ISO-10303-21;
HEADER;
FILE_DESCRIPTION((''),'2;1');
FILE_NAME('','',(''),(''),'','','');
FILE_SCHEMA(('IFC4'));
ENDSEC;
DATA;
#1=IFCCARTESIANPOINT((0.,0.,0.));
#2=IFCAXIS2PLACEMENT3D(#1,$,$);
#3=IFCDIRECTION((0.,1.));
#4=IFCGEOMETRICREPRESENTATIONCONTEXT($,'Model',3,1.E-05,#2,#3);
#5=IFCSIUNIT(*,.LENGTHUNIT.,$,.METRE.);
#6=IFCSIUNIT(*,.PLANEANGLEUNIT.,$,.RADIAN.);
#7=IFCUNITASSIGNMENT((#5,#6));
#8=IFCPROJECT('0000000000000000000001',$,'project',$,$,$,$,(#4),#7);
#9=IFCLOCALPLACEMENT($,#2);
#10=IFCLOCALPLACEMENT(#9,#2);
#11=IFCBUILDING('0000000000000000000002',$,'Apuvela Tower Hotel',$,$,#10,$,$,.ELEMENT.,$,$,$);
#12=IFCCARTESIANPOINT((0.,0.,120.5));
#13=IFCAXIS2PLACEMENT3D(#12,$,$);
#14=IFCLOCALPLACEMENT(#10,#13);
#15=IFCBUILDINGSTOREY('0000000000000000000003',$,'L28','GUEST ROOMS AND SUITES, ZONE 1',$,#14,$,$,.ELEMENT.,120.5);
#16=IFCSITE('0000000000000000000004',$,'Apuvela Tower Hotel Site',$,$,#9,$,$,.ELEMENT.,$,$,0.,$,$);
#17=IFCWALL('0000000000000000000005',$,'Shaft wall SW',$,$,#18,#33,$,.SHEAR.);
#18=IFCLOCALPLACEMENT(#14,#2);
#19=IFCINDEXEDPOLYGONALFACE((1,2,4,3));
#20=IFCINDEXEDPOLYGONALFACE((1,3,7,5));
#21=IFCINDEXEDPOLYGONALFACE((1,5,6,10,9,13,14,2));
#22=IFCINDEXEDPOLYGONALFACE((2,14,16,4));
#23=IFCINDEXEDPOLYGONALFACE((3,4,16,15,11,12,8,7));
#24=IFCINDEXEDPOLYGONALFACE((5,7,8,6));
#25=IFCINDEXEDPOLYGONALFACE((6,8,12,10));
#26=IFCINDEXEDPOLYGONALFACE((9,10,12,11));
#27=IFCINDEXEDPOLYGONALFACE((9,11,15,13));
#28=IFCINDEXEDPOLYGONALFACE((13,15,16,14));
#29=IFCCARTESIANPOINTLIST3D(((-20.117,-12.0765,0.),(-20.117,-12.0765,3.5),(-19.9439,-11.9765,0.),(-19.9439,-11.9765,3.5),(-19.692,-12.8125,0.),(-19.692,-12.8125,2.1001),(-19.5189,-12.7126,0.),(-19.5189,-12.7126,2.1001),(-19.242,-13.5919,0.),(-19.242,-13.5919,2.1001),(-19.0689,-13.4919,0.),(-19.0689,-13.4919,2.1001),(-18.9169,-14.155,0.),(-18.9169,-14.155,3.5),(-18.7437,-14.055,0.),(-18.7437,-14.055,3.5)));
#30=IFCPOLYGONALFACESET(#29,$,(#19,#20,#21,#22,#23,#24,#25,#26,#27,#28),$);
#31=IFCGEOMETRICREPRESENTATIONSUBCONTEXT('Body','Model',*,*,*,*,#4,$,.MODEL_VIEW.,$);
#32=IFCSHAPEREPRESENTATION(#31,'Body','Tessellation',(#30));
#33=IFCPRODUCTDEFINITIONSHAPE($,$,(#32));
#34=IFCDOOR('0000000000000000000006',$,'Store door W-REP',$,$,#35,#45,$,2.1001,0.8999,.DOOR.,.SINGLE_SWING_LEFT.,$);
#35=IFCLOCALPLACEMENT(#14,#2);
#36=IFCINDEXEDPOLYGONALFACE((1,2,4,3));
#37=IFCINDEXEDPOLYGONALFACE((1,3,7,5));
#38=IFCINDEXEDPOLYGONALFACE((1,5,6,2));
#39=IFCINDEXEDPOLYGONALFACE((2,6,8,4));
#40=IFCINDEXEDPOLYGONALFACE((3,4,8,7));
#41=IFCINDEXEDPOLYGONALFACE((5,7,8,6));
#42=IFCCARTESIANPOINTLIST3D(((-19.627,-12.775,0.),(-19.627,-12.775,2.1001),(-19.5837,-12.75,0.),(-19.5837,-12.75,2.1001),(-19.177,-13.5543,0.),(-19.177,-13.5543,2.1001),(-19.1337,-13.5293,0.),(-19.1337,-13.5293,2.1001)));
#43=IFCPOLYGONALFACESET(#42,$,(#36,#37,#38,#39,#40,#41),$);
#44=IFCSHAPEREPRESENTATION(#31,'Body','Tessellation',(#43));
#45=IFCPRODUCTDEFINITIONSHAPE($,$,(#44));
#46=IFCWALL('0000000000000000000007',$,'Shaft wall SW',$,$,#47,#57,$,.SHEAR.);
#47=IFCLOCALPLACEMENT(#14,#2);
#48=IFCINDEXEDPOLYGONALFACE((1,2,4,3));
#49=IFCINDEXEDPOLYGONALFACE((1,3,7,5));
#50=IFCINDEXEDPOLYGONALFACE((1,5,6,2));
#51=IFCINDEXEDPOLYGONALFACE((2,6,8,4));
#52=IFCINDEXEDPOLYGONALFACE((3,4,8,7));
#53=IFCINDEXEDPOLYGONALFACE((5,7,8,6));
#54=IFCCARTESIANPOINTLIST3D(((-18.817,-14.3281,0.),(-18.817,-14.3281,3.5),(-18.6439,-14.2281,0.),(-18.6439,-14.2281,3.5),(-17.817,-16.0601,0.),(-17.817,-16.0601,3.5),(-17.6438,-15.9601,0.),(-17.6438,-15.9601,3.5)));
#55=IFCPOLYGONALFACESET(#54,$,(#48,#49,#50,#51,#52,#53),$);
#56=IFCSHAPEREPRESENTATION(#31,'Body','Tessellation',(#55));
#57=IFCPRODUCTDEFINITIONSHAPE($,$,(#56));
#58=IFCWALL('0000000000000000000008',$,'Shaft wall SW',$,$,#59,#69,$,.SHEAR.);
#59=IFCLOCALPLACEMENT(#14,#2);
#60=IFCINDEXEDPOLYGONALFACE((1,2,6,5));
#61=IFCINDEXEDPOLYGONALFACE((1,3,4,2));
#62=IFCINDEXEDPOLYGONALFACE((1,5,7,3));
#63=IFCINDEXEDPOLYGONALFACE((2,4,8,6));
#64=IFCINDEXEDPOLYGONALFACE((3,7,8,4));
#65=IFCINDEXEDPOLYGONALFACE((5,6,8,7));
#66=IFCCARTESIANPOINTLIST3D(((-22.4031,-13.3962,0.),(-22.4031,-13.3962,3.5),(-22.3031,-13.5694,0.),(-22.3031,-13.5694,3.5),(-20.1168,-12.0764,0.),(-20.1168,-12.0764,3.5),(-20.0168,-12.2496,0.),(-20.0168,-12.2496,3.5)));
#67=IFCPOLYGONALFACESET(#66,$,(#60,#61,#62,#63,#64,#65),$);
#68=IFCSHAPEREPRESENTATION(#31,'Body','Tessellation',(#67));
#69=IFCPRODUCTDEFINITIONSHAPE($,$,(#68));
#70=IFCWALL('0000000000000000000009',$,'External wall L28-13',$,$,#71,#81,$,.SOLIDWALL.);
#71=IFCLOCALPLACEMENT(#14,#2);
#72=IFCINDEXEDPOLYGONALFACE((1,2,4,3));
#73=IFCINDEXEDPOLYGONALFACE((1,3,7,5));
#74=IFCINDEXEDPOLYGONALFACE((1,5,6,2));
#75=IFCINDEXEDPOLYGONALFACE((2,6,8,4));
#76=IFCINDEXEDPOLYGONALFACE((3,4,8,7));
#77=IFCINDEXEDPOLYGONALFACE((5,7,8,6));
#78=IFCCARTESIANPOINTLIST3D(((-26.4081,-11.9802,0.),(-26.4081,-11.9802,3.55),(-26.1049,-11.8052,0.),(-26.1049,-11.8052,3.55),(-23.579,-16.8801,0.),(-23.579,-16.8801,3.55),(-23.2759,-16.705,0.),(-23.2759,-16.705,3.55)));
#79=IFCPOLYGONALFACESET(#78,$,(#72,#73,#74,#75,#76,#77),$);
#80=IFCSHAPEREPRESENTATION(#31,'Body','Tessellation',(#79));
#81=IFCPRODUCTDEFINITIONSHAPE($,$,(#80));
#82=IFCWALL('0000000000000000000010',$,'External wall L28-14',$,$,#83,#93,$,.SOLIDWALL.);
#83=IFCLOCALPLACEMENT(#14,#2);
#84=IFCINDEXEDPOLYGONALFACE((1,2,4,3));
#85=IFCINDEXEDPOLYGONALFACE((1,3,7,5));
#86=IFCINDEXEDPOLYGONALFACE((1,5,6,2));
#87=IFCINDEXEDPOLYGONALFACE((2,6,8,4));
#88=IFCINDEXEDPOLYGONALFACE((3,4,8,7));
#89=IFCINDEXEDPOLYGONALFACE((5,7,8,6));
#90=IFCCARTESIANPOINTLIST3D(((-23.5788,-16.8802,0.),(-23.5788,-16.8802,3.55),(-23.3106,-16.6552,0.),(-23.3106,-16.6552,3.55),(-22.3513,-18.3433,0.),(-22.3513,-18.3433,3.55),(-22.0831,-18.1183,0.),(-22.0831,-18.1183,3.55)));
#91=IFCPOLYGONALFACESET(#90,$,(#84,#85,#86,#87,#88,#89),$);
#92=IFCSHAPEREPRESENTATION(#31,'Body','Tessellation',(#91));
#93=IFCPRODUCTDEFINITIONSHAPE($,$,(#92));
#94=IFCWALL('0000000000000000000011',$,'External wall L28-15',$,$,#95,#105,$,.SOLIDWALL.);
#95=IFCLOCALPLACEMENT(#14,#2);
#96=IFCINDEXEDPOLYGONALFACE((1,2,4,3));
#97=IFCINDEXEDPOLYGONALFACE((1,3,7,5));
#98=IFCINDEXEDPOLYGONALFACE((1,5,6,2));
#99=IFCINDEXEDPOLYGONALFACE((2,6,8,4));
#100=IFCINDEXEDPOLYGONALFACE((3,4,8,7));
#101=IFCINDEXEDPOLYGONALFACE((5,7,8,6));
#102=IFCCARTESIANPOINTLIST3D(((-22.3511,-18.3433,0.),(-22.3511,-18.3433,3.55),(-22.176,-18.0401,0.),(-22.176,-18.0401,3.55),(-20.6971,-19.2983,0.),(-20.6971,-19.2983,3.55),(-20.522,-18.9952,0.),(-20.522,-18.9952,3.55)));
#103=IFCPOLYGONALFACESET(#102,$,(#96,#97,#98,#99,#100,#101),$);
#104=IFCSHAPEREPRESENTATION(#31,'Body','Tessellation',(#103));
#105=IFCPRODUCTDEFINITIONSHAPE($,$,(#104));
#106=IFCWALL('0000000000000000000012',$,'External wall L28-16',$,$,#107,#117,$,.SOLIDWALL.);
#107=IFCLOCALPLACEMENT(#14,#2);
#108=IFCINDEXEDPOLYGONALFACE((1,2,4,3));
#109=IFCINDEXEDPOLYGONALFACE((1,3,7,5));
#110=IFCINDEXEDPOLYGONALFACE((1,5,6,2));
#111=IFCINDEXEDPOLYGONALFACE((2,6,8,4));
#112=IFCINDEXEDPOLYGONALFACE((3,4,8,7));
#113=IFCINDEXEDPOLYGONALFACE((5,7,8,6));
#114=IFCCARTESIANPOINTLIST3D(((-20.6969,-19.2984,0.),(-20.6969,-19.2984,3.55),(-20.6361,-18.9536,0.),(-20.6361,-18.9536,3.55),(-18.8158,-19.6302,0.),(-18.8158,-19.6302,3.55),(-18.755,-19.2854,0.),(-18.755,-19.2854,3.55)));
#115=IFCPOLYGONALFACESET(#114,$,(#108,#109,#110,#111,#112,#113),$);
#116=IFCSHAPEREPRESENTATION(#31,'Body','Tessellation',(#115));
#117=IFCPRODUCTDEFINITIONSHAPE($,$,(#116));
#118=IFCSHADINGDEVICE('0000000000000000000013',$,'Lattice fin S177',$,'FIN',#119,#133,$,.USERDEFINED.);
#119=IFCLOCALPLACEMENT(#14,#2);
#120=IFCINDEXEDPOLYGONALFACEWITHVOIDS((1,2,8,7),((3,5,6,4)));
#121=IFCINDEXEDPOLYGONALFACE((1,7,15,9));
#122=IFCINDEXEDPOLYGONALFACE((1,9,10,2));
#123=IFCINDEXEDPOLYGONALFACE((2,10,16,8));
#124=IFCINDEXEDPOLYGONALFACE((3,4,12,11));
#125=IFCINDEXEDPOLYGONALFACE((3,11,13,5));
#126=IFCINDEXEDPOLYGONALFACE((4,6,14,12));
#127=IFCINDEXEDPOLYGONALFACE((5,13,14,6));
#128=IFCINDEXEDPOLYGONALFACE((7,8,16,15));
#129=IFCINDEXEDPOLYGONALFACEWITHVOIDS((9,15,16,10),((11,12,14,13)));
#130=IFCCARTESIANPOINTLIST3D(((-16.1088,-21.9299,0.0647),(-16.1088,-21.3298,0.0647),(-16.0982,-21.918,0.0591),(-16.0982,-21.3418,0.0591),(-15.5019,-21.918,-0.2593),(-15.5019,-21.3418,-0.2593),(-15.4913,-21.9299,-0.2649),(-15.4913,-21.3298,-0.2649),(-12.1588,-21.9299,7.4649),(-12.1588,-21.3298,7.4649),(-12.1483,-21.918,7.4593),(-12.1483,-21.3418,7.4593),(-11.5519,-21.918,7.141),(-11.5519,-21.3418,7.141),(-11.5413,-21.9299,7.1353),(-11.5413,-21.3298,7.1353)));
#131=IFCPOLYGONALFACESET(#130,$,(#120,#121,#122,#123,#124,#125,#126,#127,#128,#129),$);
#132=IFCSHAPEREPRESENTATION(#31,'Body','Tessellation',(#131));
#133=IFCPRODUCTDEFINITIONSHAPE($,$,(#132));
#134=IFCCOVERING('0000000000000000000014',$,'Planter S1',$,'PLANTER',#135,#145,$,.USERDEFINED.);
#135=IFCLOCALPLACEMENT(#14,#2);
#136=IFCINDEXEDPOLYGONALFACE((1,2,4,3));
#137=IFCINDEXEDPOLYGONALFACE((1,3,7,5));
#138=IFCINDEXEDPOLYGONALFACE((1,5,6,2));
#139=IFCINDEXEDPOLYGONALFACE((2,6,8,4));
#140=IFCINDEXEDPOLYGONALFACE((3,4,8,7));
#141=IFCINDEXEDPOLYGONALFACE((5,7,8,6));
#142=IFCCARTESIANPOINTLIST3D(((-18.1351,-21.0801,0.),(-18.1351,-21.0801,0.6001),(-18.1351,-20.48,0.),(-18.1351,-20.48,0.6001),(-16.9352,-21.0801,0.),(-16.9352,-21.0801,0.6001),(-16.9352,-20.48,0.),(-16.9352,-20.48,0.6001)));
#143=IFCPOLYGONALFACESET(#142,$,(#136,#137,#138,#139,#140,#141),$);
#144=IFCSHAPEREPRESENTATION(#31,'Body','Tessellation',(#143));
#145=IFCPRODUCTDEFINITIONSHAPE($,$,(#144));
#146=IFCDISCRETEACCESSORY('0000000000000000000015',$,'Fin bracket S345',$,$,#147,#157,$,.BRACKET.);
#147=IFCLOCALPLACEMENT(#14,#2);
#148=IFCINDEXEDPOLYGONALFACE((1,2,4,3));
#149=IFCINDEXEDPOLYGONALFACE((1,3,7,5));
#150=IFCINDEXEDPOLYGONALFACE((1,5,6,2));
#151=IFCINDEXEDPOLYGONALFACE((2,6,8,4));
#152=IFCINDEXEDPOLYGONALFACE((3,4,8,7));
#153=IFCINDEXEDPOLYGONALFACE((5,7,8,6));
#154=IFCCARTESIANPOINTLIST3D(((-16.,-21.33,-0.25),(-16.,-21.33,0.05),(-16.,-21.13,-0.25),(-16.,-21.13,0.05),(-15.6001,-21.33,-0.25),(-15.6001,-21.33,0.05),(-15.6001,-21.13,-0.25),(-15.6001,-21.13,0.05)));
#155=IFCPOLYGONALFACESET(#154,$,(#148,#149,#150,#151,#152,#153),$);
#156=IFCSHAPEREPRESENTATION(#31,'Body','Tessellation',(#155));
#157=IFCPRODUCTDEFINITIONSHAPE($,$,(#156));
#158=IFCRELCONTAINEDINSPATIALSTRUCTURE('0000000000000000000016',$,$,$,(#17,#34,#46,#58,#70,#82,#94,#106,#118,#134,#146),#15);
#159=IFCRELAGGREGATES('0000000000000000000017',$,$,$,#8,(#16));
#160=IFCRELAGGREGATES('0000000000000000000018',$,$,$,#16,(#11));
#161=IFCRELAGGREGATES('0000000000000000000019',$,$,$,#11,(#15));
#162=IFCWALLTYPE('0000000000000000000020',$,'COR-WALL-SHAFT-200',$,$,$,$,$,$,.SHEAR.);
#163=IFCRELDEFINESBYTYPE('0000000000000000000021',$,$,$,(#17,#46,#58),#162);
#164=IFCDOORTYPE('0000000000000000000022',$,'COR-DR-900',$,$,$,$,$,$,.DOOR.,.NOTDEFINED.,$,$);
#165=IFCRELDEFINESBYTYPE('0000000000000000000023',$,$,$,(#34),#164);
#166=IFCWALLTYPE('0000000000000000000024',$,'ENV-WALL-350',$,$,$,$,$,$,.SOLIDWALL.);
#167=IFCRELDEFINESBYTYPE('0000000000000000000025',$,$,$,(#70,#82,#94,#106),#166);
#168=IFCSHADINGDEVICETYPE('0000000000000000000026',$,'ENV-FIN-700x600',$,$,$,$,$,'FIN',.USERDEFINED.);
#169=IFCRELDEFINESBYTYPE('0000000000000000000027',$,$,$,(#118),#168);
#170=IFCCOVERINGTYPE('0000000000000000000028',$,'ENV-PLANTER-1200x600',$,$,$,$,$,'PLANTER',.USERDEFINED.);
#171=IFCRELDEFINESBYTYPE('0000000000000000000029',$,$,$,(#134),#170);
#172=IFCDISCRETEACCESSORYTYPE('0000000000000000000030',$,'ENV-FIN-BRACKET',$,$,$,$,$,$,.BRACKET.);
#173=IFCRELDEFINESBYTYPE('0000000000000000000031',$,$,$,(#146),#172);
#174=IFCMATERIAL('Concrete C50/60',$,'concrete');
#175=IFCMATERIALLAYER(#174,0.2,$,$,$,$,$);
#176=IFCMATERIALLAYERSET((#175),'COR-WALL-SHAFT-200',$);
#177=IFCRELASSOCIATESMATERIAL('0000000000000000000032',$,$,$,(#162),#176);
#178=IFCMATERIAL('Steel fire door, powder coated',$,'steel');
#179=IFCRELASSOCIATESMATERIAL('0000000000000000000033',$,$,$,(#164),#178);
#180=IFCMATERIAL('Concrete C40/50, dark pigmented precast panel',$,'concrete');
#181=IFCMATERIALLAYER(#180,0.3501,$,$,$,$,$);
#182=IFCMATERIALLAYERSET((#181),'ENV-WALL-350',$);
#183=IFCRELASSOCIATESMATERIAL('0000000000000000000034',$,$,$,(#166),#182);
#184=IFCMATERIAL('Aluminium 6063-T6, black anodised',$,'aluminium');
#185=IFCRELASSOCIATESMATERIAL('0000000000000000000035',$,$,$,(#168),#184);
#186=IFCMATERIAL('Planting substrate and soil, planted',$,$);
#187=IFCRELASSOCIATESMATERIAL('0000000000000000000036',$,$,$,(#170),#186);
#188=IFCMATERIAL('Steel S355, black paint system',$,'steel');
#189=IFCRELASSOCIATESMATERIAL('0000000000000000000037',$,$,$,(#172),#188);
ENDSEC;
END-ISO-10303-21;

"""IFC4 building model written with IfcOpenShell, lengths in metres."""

from ifc_helpers import new_model, si_unit, direction, frame, frame_2d, origin, origin_2d, place, context, subcontext, project, spatial, rectangle, hollow_rectangle, extrude, material, layer, layer_set, material_profile, profile_set, type_object, element, fill, save


model = new_model("IFC4")

# Units and contexts
model_context = context("Model", 3, precision=1e-05, world=origin(), true_north=direction((0.0, 1.0)))
body_context = subcontext(model_context, "Body", "Model", "MODEL_VIEW")
ifc_project = project(units=[si_unit("LENGTHUNIT", "METRE"), si_unit("PLANEANGLEUNIT", "RADIAN")], contexts=[model_context])

# Site, building, storey
site_placement = place(None, origin())
site = spatial("IfcSite", under=ifc_project, at=site_placement, Name="Apuvela Tower Hotel Site", CompositionType="ELEMENT", RefElevation=0.0)
building_placement = place(site_placement, origin())
building = spatial("IfcBuilding", under=site, at=building_placement, Name="Apuvela Tower Hotel", CompositionType="ELEMENT")
storey_placement = place(building_placement, frame((0.0, 0.0, 120.5)))
storey = spatial("IfcBuildingStorey", under=building, at=storey_placement, Name="L28", Description="GUEST ROOMS AND SUITES, ZONE 1", CompositionType="ELEMENT", Elevation=120.5)

# Wall, opening, door
ifc_material_1 = material(Name="Concrete C50/60", Category="concrete")
ifc_layer_1 = layer(ifc_material_1, 0.2)
ifc_layer_set_1 = layer_set([ifc_layer_1], Name="COR-WALL-SHAFT-200")
wall_type_1 = type_object("IfcWallType", Name="COR-WALL-SHAFT-200", PredefinedType="SHEAR", material=ifc_layer_set_1)
wall_1_placement = place(storey_placement, frame((-20.0305, -12.0264, 0.0), z_axis=(0.0, 0.0, 1.0), x_axis=(0.500034, -0.866006, 0.0)))
wall_1 = element("IfcWall", 1, at=wall_1_placement, inside=storey, type_object=wall_type_1, Name="Shaft wall SW", PredefinedType="SHEAR", context=body_context, shape_type="SweptSolid", body=[
    extrude(rectangle(XDim=2.4001, YDim=0.2, at=frame_2d((1.2002, 0.0))), origin(), (0.0, 0.0, 1.0), 3.5),
])
opening_1_placement = place(wall_1_placement, frame((0.8501, 0.0, 0.0)))
opening_1 = element("IfcOpeningElement", 2, at=opening_1_placement, cuts=wall_1, PredefinedType="OPENING", context=body_context, shape_type="SweptSolid", body=[
    extrude(rectangle(XDim=0.8999, YDim=2.1001, at=frame_2d((0.45, 1.05))), frame((0.0, 0.1099, 0.0), z_axis=(0.0, -1.0, 0.0), x_axis=(1.0, 0.0, 0.0)), (0.0, 0.0, 1.0), 0.22),
])
ifc_material_2 = material(Name="Steel fire door, powder coated", Category="steel")
door_type_1 = type_object("IfcDoorType", Name="COR-DR-900", OperationType="NOTDEFINED", PredefinedType="DOOR", material=ifc_material_2)
door_1_placement = place(opening_1_placement, frame((0.8999, 0.0, 0.0), z_axis=(0.0, 0.0, 1.0), x_axis=(-1.0, 0.0, 0.0)))
door_1 = element("IfcDoor", 3, at=door_1_placement, inside=storey, type_object=door_type_1, Name="Store door W-REP", OperationType="SINGLE_SWING_LEFT", OverallHeight=2.1001, OverallWidth=0.8999, PredefinedType="DOOR", context=body_context, shape_type="SweptSolid", body=[
    extrude(rectangle(XDim=0.8999, YDim=2.1001, at=frame_2d((0.45, 1.05))), frame((0.0, 0.0249, 0.0), z_axis=(0.0, -1.0, 0.0), x_axis=(1.0, 0.0, 0.0)), (0.0, 0.0, 1.0), 0.05),
])
fill(opening_1, door_1)

# Walls
wall_2_placement = place(storey_placement, frame((-18.7305, -14.2781, 0.0), z_axis=(0.0, 0.0, 1.0), x_axis=(0.500025, -0.866011, 0.0)))
element("IfcWall", 4, at=wall_2_placement, inside=storey, type_object=wall_type_1, Name="Shaft wall SW", PredefinedType="SHEAR", context=body_context, shape_type="SweptSolid", body=[
    extrude(rectangle(XDim=2.0, YDim=0.2, at=frame_2d((1.0, 0.0))), origin(), (0.0, 0.0, 1.0), 3.5),
])
wall_3_placement = place(storey_placement, frame((-20.0669, -12.1631, 0.0), z_axis=(0.0, 0.0, 1.0), x_axis=(-0.866061, -0.499939, 0.0)))
element("IfcWall", 5, at=wall_3_placement, inside=storey, type_object=wall_type_1, Name="Shaft wall SW", PredefinedType="SHEAR", context=body_context, shape_type="SweptSolid", body=[
    extrude(rectangle(XDim=2.6399, YDim=0.2, at=frame_2d((1.3198, 0.0))), origin(), (0.0, 0.0, 1.0), 3.5),
])
ifc_material_3 = material(Name="Concrete C40/50, dark pigmented precast panel", Category="concrete")
ifc_layer_2 = layer(ifc_material_3, 0.3501)
ifc_layer_set_2 = layer_set([ifc_layer_2], Name="ENV-WALL-350")
wall_type_2 = type_object("IfcWallType", Name="ENV-WALL-350", PredefinedType="SOLIDWALL", material=ifc_layer_set_2)
wall_4_placement = place(storey_placement, frame((-26.2566, -11.8926, 0.0), z_axis=(0.0, 0.0, 1.0), x_axis=(0.500019, -0.866015, 0.0)))
element("IfcWall", 6, at=wall_4_placement, inside=storey, type_object=wall_type_2, Name="External wall L28-13", PredefinedType="SOLIDWALL", context=body_context, shape_type="SweptSolid", body=[
    extrude(rectangle(XDim=5.658, YDim=0.3501, at=frame_2d((2.8291, 0.0))), origin(), (0.0, 0.0, 1.0), 3.55),
])
for number, where, z_axis, x_axis, name in (
    (7, (-23.4448, -16.7676, 0.0), (0.0, 0.0, 1.0), (0.642733, -0.76609, 0.0), "External wall L28-14"),
    (8, (-22.2637, -18.1917, 0.0), (0.0, 0.0, 1.0), (0.866, -0.500043, 0.0), "External wall L28-15"),
):
    element("IfcWall", number, at=place(storey_placement, frame(where, z_axis=z_axis, x_axis=x_axis)), inside=storey, type_object=wall_type_2, Name=name, PredefinedType="SOLIDWALL", context=body_context, shape_type="SweptSolid", body=[
        extrude(rectangle(XDim=1.9099, YDim=0.3501, at=frame_2d((0.9551, 0.0))), origin(), (0.0, 0.0, 1.0), 3.55),
    ])
wall_5_placement = place(storey_placement, frame((-20.6665, -19.126, 0.0), z_axis=(0.0, 0.0, 1.0), x_axis=(0.984799, -0.173698, 0.0)))
element("IfcWall", 9, at=wall_5_placement, inside=storey, type_object=wall_type_2, Name="External wall L28-16", PredefinedType="SOLIDWALL", context=body_context, shape_type="SweptSolid", body=[
    extrude(rectangle(XDim=1.9102, YDim=0.3501, at=frame_2d((0.9551, 0.0))), origin(), (0.0, 0.0, 1.0), 3.55),
])

# Shading device
ifc_material_4 = material(Name="Aluminium 6063-T6, black anodised", Category="aluminium")
ifc_material_profile_1 = material_profile(ifc_material_4, hollow_rectangle(XDim=0.6001, YDim=0.7, WallThickness=0.012, at=origin_2d()), Name="AL BOX 700x600x12")
ifc_profile_set_1 = profile_set([ifc_material_profile_1], Name="Aluminium 6063-T6, black anodised")
shading_device_type = type_object("IfcShadingDeviceType", Name="ENV-FIN-700x600", ElementType="FIN", PredefinedType="USERDEFINED", material=ifc_profile_set_1)
shading_device_placement = place(storey_placement, frame((-15.8, -21.6299, -0.1001), z_axis=(0.470886, 0.0, 0.882194), x_axis=(0.0, 1.0, 0.0)))
element("IfcShadingDevice", 10, at=shading_device_placement, inside=storey, type_object=shading_device_type, Name="Lattice fin S177", ObjectType="FIN", PredefinedType="USERDEFINED", context=body_context, shape_type="SweptSolid", body=[
    extrude(hollow_rectangle(XDim=0.6001, YDim=0.7, WallThickness=0.012, at=origin_2d()), origin(), (0.0, 0.0, 1.0), 8.3884),
])

# Covering
ifc_material_5 = material(Name="Planting substrate and soil, planted")
covering_type = type_object("IfcCoveringType", Name="ENV-PLANTER-1200x600", ElementType="PLANTER", PredefinedType="USERDEFINED", material=ifc_material_5)
covering_placement = place(storey_placement, frame((-17.5352, -20.78, 0.0), z_axis=(0.0, 0.0, 1.0), x_axis=(1.0, 0.0, 0.0)))
element("IfcCovering", 11, at=covering_placement, inside=storey, type_object=covering_type, Name="Planter S1", ObjectType="PLANTER", PredefinedType="USERDEFINED", context=body_context, shape_type="SweptSolid", body=[
    extrude(rectangle(XDim=1.2, YDim=0.6001, at=origin_2d()), origin(), (0.0, 0.0, 1.0), 0.6001),
])

# Discrete accessory
ifc_material_6 = material(Name="Steel S355, black paint system", Category="steel")
discrete_accessory_type = type_object("IfcDiscreteAccessoryType", Name="ENV-FIN-BRACKET", PredefinedType="BRACKET", material=ifc_material_6)
discrete_accessory_placement = place(storey_placement, frame((-15.8, -21.23, -0.25), z_axis=(0.0, 0.0, 1.0), x_axis=(1.0, 0.0, 0.0)))
element("IfcDiscreteAccessory", 12, at=discrete_accessory_placement, inside=storey, type_object=discrete_accessory_type, Name="Fin bracket S345", PredefinedType="BRACKET", context=body_context, shape_type="SweptSolid", body=[
    extrude(rectangle(XDim=0.3999, YDim=0.2, at=origin_2d()), origin(), (0.0, 0.0, 1.0), 0.3),
])

save(model, "model.ifc")
